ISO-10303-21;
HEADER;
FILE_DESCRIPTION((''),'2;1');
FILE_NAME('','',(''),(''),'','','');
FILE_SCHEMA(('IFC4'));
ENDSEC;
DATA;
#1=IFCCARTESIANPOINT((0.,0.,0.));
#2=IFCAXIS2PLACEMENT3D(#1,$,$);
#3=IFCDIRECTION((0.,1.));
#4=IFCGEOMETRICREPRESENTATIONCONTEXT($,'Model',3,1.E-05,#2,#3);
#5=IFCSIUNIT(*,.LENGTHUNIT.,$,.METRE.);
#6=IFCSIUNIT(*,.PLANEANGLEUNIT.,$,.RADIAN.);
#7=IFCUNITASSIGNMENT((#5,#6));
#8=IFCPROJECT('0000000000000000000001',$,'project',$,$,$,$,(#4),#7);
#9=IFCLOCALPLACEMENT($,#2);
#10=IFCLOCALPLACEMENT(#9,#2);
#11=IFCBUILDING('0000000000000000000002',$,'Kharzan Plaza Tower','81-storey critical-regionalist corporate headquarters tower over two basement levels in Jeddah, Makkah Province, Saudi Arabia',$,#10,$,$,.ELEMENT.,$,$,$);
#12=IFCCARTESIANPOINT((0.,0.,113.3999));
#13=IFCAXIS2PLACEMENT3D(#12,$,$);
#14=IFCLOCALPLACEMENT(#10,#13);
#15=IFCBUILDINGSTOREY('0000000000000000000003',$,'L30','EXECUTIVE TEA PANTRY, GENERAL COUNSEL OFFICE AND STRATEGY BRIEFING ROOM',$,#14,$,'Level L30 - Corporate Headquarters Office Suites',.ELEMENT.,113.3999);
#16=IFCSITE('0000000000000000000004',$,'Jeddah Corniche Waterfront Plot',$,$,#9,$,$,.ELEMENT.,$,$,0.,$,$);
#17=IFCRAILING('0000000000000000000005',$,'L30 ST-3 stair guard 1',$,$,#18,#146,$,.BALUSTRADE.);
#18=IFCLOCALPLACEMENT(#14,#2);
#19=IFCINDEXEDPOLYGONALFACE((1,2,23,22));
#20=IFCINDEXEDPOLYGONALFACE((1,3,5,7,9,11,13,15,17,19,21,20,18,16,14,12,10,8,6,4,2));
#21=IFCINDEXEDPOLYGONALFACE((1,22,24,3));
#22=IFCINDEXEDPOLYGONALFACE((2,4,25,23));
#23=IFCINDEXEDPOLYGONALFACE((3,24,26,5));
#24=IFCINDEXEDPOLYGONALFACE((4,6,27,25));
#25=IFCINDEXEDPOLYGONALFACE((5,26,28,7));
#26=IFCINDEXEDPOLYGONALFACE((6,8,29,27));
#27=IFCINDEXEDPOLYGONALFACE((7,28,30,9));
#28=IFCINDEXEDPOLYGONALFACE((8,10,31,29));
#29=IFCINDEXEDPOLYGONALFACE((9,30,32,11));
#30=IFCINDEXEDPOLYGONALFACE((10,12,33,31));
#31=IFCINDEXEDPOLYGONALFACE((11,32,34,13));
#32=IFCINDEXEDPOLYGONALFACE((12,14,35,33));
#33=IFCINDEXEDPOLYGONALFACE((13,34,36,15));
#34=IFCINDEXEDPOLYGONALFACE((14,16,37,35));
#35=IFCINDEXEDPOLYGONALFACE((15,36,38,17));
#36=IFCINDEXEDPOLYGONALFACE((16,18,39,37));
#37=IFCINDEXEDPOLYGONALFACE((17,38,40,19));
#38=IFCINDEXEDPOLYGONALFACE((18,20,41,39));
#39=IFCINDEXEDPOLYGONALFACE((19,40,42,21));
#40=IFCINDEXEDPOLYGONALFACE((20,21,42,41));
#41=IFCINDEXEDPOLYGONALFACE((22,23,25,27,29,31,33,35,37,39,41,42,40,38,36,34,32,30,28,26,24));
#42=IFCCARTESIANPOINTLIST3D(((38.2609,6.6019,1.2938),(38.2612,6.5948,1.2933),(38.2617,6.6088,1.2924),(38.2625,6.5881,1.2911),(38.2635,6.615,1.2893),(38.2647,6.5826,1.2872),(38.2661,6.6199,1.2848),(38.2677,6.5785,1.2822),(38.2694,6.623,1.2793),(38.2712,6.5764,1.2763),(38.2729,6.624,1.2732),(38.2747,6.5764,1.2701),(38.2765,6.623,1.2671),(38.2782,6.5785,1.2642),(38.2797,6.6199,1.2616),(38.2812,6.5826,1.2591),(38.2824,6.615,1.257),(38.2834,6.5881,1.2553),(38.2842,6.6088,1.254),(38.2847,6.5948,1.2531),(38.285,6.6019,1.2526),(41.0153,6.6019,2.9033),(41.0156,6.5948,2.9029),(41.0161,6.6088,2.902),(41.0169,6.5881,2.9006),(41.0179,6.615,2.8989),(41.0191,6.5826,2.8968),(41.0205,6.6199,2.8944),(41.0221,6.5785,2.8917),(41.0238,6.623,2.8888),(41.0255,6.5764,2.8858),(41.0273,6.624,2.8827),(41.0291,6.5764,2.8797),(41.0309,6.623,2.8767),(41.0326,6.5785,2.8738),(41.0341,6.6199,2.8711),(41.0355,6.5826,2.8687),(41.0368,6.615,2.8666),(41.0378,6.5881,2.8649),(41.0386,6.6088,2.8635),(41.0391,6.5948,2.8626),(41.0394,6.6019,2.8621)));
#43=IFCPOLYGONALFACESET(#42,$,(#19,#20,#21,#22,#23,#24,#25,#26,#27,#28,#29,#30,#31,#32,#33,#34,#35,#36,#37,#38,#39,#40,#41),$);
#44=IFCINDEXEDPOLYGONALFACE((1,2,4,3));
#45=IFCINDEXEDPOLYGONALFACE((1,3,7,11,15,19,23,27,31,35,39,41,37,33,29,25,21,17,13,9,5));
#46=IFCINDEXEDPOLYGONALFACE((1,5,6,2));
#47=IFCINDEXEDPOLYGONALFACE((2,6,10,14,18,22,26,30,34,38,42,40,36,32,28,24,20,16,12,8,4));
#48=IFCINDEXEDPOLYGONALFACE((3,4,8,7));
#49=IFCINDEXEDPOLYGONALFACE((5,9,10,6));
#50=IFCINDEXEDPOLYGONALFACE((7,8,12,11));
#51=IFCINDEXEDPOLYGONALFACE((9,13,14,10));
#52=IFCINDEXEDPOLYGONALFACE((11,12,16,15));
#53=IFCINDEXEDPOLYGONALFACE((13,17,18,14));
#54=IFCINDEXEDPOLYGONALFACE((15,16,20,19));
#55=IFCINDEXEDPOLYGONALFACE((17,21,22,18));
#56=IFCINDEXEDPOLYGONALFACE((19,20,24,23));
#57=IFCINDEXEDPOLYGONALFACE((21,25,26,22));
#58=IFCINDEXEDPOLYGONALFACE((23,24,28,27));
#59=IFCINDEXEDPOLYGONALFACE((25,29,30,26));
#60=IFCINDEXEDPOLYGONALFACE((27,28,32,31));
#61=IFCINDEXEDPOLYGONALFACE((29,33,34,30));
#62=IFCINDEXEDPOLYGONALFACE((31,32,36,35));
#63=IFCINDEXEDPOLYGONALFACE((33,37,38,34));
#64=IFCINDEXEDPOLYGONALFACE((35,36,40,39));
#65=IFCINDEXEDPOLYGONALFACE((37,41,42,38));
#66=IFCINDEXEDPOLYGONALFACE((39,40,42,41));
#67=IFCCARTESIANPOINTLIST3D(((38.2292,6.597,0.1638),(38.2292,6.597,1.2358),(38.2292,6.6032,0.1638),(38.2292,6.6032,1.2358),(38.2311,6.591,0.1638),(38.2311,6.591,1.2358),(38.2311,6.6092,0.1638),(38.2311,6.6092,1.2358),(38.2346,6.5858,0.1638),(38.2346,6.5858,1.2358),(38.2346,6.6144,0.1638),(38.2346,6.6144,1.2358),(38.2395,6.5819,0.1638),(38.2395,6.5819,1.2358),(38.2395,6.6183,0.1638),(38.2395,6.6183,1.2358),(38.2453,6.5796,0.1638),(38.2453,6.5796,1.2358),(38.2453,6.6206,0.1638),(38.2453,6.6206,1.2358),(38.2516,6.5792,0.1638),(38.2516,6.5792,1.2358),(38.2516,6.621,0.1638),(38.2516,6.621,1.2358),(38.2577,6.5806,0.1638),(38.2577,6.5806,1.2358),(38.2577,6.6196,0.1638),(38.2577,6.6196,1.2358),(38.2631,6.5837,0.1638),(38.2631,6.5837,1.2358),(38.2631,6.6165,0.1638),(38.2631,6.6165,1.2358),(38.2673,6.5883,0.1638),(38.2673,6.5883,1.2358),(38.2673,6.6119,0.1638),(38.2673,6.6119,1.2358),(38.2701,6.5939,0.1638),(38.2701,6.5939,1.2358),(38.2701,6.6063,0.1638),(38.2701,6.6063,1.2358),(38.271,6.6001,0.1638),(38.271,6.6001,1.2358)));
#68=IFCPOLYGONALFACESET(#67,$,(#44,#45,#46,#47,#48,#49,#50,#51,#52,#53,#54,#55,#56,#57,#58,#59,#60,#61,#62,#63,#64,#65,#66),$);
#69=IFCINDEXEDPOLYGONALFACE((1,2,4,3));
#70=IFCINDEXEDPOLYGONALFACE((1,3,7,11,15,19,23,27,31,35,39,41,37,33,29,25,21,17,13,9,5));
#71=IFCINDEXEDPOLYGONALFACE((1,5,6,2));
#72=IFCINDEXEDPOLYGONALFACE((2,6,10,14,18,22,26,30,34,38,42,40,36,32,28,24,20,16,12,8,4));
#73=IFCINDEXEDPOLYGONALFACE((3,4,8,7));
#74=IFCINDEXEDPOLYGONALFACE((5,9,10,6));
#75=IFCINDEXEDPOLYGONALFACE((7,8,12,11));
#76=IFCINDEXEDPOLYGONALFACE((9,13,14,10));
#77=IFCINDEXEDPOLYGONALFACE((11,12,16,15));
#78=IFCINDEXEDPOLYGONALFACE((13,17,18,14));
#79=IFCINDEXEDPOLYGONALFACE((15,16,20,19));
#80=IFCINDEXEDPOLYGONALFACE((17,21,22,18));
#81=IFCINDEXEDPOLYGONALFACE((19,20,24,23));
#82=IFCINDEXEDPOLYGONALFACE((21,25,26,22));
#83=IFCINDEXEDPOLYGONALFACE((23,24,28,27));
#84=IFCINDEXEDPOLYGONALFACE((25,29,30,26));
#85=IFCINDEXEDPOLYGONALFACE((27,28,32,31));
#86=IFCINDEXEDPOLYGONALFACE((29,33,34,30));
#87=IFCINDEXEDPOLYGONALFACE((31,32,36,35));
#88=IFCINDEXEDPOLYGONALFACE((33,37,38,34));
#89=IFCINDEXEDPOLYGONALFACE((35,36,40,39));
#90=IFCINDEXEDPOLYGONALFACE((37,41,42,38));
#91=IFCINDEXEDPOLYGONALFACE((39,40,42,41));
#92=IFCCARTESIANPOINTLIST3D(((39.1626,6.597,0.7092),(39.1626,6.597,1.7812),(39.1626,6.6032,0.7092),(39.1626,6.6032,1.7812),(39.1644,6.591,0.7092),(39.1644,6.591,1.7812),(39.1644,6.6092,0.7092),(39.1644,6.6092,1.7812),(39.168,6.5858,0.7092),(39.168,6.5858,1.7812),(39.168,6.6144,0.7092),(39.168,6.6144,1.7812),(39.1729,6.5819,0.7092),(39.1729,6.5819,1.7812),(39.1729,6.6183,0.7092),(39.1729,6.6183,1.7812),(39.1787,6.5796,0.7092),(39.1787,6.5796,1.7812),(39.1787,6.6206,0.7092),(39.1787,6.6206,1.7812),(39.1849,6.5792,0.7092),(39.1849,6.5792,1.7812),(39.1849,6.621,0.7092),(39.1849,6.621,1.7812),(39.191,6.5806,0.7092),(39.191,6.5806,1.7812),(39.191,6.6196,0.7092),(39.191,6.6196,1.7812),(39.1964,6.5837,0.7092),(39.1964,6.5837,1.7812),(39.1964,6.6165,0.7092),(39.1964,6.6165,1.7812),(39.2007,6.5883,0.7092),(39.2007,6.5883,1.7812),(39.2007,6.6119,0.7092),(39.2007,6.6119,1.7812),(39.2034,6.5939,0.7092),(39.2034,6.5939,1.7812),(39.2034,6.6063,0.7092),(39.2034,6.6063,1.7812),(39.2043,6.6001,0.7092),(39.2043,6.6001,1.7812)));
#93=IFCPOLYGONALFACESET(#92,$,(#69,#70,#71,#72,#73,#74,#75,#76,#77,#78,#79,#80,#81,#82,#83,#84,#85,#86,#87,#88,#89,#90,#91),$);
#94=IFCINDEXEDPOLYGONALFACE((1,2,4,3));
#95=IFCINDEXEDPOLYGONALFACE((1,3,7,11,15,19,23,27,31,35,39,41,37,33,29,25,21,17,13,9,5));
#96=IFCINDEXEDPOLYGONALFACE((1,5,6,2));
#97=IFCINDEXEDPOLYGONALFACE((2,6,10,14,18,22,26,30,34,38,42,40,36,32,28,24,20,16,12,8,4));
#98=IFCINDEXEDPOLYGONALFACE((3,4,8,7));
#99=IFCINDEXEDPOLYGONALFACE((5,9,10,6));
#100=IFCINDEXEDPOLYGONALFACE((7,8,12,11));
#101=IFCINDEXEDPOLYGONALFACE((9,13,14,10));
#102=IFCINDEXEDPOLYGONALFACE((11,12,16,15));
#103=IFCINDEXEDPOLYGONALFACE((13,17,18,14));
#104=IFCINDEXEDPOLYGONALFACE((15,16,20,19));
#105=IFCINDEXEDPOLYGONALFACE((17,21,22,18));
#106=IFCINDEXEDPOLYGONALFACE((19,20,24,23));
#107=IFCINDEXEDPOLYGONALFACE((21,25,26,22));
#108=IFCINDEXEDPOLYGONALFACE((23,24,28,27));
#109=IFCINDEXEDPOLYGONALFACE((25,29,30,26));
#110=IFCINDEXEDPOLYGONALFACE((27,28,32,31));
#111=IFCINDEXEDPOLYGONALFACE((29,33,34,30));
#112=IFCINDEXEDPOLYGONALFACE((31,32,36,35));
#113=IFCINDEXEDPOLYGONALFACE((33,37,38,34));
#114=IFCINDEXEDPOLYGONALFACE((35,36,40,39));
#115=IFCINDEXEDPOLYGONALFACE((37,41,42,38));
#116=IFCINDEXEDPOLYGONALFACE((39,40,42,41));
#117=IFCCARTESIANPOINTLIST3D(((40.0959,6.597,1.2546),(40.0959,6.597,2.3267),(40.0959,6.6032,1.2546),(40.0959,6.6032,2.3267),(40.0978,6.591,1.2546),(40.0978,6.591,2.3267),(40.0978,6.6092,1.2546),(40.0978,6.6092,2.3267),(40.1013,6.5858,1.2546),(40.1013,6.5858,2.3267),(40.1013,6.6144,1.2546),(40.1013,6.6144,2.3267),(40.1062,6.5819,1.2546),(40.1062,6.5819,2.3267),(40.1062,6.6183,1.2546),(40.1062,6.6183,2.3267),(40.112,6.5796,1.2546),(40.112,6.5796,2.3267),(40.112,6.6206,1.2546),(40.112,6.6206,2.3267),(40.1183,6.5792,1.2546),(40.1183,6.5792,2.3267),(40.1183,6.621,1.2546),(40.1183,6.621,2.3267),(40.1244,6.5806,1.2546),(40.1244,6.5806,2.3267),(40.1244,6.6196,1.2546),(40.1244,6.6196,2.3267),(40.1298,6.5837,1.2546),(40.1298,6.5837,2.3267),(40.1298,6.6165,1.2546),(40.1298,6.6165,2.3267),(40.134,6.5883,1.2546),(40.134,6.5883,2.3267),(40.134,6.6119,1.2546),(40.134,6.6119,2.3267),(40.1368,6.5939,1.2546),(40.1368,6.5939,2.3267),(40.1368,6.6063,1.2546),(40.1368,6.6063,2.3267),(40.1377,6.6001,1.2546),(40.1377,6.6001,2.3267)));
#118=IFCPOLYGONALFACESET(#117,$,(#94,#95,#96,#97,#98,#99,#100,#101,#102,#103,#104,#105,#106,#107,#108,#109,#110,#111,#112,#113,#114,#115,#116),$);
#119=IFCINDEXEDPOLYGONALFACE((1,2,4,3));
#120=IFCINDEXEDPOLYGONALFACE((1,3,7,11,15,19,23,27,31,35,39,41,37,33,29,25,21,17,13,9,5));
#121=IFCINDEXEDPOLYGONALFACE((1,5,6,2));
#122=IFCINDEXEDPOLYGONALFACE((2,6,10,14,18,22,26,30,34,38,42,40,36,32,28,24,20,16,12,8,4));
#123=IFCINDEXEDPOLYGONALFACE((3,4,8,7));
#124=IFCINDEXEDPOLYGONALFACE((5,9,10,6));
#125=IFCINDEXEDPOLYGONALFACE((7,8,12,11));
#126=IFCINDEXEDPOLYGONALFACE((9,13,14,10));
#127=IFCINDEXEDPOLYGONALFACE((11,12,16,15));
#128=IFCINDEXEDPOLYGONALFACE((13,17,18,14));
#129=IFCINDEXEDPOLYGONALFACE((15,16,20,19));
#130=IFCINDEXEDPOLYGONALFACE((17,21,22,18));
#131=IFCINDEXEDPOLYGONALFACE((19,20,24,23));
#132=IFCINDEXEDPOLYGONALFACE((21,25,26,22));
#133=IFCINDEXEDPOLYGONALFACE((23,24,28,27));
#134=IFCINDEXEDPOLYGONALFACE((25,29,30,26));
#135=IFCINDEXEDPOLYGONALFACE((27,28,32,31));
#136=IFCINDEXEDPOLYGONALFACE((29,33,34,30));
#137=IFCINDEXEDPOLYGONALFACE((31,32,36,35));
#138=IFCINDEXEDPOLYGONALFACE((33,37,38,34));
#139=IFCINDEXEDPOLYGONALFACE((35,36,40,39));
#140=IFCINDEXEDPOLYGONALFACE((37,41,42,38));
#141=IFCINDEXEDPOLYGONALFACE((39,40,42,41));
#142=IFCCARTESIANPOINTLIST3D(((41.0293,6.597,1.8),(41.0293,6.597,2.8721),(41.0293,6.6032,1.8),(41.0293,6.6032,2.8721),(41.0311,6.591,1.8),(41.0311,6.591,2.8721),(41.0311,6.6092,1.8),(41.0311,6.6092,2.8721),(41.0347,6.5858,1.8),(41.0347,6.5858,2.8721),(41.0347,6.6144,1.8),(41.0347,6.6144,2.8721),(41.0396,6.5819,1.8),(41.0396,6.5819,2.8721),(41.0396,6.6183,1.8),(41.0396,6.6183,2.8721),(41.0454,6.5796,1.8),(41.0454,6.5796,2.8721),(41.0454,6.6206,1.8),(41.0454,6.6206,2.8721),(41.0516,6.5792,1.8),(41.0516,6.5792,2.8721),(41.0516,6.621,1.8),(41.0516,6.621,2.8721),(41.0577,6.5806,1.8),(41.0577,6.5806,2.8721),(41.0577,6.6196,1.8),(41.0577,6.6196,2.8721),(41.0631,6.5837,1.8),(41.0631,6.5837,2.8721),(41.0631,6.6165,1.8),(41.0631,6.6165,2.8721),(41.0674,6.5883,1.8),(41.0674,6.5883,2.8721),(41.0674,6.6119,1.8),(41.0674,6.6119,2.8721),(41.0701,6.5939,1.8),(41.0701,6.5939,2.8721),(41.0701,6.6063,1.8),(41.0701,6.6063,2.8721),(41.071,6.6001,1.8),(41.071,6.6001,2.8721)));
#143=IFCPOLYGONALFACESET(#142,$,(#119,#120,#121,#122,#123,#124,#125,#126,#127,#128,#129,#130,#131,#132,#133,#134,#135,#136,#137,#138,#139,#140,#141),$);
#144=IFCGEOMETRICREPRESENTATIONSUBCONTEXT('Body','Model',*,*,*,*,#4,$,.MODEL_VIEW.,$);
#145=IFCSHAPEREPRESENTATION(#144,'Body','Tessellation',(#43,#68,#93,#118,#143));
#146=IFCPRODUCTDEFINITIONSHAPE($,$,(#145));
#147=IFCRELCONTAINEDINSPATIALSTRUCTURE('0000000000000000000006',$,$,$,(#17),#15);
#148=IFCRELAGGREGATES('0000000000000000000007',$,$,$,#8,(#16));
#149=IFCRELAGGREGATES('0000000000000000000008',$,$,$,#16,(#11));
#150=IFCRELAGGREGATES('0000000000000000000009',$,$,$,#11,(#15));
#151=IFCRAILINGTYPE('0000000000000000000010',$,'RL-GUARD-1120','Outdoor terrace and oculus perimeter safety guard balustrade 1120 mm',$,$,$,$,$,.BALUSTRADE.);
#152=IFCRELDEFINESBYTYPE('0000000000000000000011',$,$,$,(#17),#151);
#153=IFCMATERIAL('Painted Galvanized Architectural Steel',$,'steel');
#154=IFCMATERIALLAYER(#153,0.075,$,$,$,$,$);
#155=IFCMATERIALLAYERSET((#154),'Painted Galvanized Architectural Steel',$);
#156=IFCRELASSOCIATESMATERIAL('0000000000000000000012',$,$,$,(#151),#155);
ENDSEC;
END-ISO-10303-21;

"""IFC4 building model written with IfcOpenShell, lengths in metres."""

from ifc_helpers import new_model, si_unit, direction, frame, origin, origin_2d, place, context, subcontext, project, spatial, circle, extrude, source, transform, mapped, material, layer, layer_set, type_object, element, save


model = new_model("IFC4")

# Units and contexts
model_context = context("Model", 3, precision=1e-05, world=origin(), true_north=direction((0.0, 1.0)))
body_context = subcontext(model_context, "Body", "Model", "MODEL_VIEW")
ifc_project = project(units=[si_unit("LENGTHUNIT", "METRE"), si_unit("PLANEANGLEUNIT", "RADIAN")], contexts=[model_context])

# Site, building, storey
site_placement = place(None, origin())
site = spatial("IfcSite", under=ifc_project, at=site_placement, Name="Jeddah Corniche Waterfront Plot", CompositionType="ELEMENT", RefElevation=0.0)
building_placement = place(site_placement, origin())
building = spatial("IfcBuilding", under=site, at=building_placement, Name="Kharzan Plaza Tower", Description="81-storey critical-regionalist corporate headquarters tower over two basement levels in Jeddah, Makkah Province, Saudi Arabia", CompositionType="ELEMENT")
storey_placement = place(building_placement, frame((0.0, 0.0, 113.3999)))
storey = spatial("IfcBuildingStorey", under=building, at=storey_placement, Name="L30", Description="EXECUTIVE TEA PANTRY, GENERAL COUNSEL OFFICE AND STRATEGY BRIEFING ROOM", LongName="Level L30 - Corporate Headquarters Office Suites", CompositionType="ELEMENT", Elevation=113.3999)

# Railing
ifc_material_1 = material(Name="Painted Galvanized Architectural Steel", Category="steel")
ifc_layer_1 = layer(ifc_material_1, 0.075)
ifc_layer_set_1 = layer_set([ifc_layer_1], Name="Painted Galvanized Architectural Steel")
railing_type_1 = type_object("IfcRailingType", Name="RL-GUARD-1120", Description="Outdoor terrace and oculus perimeter safety guard balustrade 1120 mm", PredefinedType="BALUSTRADE", material=ifc_layer_set_1)
shared_shape_1 = source(origin(), body_context, "Body", "SweptSolid", [
    extrude(circle(Radius=0.0239, at=origin_2d()), frame((0.0229, 0.0, 1.1094), z_axis=(0.863394, 0.0, 0.504531), x_axis=(0.0, 1.0, 0.0)), (0.0, 0.0, 1.0), 3.1902),
    extrude(circle(Radius=0.021, at=origin_2d()), origin(), (0.0, 0.0, 1.0), 1.072),
    extrude(circle(Radius=0.021, at=origin_2d()), frame((0.9333, 0.0, 0.5454)), (0.0, 0.0, 1.0), 1.072),
    extrude(circle(Radius=0.021, at=origin_2d()), frame((1.8667, 0.0, 1.0908)), (0.0, 0.0, 1.0), 1.072),
    extrude(circle(Radius=0.021, at=origin_2d()), frame((2.8, 0.0, 1.6362)), (0.0, 0.0, 1.0), 1.072),
])
railing_1_placement = place(storey_placement, frame((38.25, 6.6001, 0.1638)))
element("IfcRailing", 1, at=railing_1_placement, inside=storey, type_object=railing_type_1, Name="L30 ST-3 stair guard 1", PredefinedType="BALUSTRADE", context=body_context, shape_type="MappedRepresentation", body=[
    mapped(shared_shape_1, transform((0.0, 0.0, 0.0), x_axis=(1.0, 0.0, 0.0), y_axis=(0.0, 1.0, 0.0), z_axis=(0.0, 0.0, 1.0))),
])

save(model, "model.ifc")
